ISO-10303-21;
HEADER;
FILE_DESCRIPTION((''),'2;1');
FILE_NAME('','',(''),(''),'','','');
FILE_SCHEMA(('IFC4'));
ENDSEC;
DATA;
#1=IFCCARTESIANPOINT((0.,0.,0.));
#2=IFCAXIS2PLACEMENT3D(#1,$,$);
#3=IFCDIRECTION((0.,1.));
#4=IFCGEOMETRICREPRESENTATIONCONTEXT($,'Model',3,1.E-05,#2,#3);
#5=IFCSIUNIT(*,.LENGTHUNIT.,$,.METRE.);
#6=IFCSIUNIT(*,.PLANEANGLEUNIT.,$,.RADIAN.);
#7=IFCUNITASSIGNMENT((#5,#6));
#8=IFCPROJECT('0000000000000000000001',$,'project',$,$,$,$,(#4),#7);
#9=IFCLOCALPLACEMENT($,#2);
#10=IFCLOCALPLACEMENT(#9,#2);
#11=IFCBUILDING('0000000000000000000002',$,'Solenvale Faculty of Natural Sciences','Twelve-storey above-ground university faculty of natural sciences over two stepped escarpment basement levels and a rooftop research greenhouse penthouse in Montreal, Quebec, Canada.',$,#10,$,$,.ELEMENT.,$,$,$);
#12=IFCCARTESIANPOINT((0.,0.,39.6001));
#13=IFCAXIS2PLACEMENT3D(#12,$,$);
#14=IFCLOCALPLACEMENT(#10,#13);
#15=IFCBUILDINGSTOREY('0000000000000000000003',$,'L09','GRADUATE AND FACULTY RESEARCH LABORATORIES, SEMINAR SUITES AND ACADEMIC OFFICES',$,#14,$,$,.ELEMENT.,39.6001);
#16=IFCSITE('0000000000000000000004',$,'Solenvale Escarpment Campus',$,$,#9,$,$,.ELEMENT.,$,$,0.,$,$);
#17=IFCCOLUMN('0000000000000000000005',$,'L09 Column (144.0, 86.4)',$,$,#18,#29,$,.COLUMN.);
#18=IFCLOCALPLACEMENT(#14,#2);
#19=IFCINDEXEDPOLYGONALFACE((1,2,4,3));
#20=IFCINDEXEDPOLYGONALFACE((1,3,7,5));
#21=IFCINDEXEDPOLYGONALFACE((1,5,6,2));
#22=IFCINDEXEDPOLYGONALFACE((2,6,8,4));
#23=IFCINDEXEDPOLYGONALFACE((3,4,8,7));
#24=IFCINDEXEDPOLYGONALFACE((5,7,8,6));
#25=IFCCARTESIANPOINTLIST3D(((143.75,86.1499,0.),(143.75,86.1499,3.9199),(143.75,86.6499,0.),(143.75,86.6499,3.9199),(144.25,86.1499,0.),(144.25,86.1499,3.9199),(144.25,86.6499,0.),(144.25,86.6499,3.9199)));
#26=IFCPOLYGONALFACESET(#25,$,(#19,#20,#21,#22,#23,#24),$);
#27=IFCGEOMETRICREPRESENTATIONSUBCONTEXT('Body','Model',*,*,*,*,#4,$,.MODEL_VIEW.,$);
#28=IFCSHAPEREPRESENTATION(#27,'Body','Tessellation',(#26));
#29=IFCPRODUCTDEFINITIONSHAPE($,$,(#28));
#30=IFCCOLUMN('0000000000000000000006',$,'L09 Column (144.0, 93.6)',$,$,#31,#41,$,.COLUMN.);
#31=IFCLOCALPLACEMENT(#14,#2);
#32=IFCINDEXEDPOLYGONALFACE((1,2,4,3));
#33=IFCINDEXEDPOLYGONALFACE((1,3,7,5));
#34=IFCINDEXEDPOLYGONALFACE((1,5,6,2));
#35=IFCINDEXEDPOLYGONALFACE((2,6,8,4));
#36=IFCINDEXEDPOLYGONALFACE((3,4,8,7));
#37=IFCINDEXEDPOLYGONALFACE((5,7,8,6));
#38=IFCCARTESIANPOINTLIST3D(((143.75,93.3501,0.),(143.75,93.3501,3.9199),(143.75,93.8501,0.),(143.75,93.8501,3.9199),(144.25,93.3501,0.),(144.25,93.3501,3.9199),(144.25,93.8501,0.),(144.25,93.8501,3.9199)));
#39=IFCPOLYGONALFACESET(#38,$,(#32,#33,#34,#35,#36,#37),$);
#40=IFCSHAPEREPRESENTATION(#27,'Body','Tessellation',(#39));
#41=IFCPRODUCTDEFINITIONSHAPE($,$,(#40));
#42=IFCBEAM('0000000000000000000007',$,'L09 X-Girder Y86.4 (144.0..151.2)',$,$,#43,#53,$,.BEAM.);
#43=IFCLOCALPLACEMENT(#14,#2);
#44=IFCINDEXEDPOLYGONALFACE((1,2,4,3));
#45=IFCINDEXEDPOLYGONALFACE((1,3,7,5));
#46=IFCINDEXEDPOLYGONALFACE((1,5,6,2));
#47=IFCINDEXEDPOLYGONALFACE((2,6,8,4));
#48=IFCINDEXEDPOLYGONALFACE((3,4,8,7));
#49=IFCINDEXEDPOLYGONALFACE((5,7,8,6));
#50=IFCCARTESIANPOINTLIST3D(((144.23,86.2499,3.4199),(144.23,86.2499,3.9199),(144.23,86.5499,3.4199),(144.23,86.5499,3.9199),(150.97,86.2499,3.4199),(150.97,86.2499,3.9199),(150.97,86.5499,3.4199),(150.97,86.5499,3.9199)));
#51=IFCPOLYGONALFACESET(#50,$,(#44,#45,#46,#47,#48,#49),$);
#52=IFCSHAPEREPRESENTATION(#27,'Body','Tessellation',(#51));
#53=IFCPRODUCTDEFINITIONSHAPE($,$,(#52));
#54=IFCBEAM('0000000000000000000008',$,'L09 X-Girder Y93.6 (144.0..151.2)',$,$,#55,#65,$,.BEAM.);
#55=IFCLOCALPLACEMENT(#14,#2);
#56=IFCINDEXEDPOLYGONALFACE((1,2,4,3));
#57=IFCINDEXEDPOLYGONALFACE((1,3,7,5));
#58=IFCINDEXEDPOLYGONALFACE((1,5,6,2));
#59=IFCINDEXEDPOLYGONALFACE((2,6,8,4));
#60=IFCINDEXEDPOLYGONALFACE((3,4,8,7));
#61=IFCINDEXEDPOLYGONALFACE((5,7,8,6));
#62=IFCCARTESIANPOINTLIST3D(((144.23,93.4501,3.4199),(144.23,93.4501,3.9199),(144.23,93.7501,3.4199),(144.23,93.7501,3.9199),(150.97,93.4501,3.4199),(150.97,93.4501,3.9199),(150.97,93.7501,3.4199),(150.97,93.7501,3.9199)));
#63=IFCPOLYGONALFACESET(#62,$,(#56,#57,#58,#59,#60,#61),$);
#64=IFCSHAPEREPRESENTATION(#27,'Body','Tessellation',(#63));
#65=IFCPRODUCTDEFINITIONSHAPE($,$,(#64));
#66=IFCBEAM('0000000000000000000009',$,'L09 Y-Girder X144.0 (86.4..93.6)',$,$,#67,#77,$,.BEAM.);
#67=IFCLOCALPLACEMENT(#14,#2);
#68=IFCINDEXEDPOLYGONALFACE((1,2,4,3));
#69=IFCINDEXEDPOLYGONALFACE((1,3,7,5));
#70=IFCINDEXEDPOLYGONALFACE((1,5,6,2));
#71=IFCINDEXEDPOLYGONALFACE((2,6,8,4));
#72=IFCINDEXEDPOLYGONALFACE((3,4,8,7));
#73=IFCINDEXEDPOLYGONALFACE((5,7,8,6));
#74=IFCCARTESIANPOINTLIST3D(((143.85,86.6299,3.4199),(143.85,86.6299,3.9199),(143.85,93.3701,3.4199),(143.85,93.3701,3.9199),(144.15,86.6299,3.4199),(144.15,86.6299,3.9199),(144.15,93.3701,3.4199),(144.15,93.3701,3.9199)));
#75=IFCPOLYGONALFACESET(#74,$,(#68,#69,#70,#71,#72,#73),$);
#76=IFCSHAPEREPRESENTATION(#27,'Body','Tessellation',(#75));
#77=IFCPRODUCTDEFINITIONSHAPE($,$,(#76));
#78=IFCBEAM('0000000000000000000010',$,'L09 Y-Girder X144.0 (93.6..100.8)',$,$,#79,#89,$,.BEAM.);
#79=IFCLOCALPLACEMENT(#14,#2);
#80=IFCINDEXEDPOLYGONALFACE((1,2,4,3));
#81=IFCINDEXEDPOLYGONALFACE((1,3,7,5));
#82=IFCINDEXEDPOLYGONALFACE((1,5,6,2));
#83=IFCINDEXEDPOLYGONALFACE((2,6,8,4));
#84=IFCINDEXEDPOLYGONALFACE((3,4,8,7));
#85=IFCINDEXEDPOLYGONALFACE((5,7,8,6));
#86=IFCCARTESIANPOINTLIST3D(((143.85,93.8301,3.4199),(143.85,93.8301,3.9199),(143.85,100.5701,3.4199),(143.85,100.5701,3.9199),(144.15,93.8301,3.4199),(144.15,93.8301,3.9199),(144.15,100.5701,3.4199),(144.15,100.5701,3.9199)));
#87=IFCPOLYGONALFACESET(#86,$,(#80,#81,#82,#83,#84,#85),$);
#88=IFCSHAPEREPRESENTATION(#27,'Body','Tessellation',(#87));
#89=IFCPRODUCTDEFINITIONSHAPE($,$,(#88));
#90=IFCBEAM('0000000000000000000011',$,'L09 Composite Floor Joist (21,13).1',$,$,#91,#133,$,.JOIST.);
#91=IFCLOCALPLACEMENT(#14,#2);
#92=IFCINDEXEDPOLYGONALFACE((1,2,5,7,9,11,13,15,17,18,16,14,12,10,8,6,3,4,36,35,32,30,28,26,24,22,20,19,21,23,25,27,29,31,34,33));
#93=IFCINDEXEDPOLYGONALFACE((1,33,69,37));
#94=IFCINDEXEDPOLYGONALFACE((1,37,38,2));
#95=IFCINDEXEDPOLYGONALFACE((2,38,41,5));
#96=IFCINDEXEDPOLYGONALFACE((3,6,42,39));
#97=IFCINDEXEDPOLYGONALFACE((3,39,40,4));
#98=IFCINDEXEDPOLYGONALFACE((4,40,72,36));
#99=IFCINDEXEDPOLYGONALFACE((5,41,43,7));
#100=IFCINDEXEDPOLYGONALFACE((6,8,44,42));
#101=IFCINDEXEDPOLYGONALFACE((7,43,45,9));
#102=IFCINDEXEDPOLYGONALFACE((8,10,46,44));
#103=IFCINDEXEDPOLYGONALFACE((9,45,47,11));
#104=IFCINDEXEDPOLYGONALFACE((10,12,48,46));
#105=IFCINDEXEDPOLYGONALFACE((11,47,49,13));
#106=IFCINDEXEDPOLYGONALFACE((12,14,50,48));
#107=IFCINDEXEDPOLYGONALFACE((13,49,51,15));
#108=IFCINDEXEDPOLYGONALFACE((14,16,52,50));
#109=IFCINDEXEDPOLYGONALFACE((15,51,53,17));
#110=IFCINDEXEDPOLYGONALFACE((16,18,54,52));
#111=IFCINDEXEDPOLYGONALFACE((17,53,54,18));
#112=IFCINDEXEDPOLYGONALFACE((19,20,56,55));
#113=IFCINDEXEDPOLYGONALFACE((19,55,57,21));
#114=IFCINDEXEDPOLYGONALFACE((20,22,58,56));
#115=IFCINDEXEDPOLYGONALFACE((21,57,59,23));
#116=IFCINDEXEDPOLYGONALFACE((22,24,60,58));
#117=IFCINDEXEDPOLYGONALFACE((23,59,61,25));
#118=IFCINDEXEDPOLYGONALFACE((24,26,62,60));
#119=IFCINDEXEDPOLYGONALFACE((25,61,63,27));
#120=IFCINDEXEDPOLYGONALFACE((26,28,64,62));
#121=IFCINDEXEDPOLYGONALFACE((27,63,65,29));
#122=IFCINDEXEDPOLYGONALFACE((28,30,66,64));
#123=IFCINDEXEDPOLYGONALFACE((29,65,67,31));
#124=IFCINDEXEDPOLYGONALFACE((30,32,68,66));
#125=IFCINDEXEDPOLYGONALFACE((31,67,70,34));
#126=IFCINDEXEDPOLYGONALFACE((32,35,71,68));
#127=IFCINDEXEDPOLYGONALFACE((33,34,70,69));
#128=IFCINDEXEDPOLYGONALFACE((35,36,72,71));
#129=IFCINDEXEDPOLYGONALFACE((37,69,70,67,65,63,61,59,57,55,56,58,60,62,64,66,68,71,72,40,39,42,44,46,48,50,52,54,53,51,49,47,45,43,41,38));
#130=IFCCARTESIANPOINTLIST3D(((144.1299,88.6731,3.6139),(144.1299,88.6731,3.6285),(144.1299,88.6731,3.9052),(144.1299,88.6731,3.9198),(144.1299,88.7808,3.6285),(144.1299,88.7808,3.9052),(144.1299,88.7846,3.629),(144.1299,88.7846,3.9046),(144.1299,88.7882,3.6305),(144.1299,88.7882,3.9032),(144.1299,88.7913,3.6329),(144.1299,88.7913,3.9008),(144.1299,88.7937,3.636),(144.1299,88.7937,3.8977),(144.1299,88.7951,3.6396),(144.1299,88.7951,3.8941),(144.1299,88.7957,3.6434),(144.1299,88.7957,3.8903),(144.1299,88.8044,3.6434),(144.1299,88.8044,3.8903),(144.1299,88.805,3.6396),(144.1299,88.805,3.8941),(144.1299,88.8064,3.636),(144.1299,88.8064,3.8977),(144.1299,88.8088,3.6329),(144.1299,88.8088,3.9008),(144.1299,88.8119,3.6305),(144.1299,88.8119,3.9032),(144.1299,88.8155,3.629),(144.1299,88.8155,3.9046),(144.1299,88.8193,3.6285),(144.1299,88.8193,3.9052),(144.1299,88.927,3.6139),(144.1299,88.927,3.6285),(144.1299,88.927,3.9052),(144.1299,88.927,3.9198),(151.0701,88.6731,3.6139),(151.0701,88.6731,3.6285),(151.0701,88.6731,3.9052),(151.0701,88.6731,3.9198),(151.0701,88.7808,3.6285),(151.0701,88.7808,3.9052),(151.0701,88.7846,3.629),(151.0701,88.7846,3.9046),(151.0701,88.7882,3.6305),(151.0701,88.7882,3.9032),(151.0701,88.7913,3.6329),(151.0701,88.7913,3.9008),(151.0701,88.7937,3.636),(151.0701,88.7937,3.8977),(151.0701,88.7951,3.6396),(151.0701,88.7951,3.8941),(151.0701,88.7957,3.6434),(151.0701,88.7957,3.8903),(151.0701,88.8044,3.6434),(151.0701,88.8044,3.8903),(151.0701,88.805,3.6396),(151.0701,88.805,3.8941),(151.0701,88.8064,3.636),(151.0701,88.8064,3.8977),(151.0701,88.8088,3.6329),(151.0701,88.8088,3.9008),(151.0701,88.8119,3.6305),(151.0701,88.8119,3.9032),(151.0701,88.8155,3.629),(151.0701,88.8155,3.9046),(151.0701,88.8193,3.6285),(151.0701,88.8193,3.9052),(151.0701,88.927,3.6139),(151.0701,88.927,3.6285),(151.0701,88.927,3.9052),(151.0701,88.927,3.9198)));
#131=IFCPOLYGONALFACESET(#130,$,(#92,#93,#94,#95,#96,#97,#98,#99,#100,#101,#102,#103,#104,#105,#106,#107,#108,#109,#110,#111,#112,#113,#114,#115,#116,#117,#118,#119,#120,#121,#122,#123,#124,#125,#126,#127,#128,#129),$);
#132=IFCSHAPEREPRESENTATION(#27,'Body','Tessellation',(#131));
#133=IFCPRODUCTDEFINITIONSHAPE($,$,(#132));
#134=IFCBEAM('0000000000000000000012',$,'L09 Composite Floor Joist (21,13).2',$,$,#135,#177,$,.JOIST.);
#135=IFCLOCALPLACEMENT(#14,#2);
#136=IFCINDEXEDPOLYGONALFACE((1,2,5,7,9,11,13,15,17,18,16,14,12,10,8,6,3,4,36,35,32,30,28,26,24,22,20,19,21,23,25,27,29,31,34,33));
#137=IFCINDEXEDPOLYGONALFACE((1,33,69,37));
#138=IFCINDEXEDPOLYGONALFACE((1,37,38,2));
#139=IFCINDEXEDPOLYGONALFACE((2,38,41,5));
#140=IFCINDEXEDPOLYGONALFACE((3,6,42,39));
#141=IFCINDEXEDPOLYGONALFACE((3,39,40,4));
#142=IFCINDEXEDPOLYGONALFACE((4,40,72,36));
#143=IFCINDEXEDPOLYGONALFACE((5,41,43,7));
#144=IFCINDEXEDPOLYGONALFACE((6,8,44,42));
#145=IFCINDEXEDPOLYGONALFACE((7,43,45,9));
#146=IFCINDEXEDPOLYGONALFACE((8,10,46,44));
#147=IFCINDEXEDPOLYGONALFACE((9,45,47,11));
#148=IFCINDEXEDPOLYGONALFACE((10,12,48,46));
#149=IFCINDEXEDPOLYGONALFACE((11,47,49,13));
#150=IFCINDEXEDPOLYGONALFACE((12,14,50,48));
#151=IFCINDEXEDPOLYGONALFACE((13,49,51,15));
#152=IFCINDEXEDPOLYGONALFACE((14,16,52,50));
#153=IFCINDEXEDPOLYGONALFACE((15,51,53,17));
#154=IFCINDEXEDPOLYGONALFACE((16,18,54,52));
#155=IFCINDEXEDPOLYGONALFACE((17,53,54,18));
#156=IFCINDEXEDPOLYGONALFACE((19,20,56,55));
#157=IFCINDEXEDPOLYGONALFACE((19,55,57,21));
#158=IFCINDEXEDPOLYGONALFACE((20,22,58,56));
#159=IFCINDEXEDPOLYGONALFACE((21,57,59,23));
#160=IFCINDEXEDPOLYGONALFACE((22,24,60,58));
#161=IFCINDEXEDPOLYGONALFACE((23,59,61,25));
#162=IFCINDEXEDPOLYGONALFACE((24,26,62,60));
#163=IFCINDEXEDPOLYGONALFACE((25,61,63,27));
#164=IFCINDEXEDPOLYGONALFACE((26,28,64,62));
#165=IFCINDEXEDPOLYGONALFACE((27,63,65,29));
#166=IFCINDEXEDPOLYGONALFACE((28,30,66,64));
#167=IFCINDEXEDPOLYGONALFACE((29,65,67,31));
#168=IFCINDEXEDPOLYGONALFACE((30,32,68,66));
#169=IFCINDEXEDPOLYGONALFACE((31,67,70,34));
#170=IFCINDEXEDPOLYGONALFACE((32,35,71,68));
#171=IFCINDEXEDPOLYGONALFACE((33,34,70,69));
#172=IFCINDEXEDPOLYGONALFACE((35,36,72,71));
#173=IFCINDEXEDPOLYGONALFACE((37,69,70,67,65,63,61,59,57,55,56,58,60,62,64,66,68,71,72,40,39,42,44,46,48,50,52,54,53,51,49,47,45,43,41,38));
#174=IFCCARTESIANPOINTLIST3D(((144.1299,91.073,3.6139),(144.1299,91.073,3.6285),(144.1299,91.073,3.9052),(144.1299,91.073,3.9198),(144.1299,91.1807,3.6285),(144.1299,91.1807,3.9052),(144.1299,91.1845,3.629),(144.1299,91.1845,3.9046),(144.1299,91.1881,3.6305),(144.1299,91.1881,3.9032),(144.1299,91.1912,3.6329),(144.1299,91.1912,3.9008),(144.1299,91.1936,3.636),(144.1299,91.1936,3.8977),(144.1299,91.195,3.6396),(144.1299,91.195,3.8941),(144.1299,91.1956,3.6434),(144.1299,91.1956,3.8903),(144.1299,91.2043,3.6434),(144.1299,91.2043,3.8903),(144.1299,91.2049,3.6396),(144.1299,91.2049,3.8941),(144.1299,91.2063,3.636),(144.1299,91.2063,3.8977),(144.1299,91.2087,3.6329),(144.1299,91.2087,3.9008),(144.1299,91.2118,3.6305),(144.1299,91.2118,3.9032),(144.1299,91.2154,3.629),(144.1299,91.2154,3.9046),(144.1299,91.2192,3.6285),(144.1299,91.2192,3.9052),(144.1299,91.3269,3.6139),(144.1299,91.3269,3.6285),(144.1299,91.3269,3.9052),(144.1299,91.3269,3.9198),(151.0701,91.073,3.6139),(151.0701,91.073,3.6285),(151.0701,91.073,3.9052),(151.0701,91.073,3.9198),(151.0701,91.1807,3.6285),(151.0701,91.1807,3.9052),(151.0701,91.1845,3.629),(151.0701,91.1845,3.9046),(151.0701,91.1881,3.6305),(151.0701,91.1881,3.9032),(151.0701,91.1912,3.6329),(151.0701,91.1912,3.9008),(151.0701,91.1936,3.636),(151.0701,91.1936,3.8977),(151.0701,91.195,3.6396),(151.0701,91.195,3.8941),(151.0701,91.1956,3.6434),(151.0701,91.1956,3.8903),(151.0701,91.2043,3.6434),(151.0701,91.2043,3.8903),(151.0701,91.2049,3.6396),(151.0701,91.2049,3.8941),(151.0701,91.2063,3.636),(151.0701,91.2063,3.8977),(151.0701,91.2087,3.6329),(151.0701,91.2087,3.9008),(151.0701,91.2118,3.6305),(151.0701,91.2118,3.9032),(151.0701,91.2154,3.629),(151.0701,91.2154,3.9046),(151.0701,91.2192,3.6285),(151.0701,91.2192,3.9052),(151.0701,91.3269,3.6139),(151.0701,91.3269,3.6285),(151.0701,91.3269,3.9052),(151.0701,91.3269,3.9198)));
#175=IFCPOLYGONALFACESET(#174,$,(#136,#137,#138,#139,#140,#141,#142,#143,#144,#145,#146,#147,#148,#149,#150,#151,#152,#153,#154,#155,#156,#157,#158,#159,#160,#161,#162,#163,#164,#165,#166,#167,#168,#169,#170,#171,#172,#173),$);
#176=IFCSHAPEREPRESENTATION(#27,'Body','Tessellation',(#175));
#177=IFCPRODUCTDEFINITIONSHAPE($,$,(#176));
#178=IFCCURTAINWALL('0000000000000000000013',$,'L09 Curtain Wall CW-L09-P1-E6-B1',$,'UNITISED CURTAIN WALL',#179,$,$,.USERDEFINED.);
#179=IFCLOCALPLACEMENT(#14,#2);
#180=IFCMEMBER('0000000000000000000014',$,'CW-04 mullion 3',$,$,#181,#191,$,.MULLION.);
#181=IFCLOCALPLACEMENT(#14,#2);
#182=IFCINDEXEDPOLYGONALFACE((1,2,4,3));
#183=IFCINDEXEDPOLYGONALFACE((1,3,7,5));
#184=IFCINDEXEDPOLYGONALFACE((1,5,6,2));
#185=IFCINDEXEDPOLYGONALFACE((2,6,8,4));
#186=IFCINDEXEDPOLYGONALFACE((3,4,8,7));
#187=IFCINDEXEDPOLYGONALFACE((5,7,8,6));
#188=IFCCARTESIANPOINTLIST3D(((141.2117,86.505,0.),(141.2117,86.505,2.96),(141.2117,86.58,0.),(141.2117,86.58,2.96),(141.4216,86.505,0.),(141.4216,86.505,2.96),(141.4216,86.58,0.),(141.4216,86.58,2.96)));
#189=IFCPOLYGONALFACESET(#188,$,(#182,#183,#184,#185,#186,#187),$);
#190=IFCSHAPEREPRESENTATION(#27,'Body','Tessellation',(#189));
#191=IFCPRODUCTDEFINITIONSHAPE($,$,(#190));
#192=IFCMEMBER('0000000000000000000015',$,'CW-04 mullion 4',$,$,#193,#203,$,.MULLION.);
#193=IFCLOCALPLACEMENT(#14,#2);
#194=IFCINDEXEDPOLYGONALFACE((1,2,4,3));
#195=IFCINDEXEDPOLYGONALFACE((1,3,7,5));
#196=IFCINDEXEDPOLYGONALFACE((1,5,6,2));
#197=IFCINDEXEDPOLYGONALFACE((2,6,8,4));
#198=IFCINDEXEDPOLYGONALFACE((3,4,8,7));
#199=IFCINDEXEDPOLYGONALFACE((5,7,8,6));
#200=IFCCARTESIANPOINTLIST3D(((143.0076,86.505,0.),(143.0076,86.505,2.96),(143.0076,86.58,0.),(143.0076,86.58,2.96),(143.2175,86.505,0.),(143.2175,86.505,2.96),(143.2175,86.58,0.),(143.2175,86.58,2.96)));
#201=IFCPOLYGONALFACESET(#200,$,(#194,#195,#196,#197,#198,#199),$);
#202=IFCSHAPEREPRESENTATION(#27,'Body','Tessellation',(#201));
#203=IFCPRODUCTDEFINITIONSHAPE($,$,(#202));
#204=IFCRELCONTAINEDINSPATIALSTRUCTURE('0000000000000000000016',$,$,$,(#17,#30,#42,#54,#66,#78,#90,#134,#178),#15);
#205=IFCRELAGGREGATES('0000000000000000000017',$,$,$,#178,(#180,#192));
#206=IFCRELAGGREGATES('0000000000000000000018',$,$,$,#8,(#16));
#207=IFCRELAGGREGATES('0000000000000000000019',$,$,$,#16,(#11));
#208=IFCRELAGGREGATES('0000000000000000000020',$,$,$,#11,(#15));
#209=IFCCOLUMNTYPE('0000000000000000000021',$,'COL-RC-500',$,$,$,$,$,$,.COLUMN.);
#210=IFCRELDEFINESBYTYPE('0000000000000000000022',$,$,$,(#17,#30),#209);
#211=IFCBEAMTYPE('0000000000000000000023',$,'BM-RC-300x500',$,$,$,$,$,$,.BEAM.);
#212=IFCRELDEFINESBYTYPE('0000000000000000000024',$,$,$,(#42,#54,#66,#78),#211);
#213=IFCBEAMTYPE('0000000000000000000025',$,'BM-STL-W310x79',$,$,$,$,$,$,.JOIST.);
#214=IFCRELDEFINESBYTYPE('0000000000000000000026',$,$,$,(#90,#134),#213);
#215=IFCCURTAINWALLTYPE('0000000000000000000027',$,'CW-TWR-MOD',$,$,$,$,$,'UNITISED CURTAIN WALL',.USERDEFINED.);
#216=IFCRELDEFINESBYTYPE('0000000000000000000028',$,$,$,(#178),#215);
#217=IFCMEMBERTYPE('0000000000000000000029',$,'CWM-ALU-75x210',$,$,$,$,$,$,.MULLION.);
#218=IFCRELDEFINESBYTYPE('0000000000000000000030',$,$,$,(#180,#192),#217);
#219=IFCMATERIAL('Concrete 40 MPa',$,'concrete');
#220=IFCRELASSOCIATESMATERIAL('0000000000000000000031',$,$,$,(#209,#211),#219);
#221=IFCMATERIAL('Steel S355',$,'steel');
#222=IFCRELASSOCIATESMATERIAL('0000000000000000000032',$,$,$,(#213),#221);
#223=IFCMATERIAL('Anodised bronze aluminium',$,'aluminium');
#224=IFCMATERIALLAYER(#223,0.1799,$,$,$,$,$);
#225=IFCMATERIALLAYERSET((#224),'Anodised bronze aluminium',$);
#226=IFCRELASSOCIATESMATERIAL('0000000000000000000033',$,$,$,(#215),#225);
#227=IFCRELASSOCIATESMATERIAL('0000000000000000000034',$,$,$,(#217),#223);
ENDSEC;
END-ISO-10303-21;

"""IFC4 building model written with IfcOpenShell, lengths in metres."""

from ifc_helpers import new_model, si_unit, direction, frame, origin, origin_2d, place, context, subcontext, project, spatial, rectangle, i_section, extrude, material, layer, layer_set, material_profile, profile_set, type_object, element, aggregate, save


model = new_model("IFC4")

# Units and contexts
model_context = context("Model", 3, precision=1e-05, world=origin(), true_north=direction((0.0, 1.0)))
body_context = subcontext(model_context, "Body", "Model", "MODEL_VIEW")
ifc_project = project(units=[si_unit("LENGTHUNIT", "METRE"), si_unit("PLANEANGLEUNIT", "RADIAN")], contexts=[model_context])

# Site, building, storey
site_placement = place(None, origin())
site = spatial("IfcSite", under=ifc_project, at=site_placement, Name="Solenvale Escarpment Campus", CompositionType="ELEMENT", RefElevation=0.0)
building_placement = place(site_placement, origin())
building = spatial("IfcBuilding", under=site, at=building_placement, Name="Solenvale Faculty of Natural Sciences", Description="Twelve-storey above-ground university faculty of natural sciences over two stepped escarpment basement levels and a rooftop research greenhouse penthouse in Montreal, Quebec, Canada.", CompositionType="ELEMENT")
storey_placement = place(building_placement, frame((0.0, 0.0, 39.6001)))
storey = spatial("IfcBuildingStorey", under=building, at=storey_placement, Name="L09", Description="GRADUATE AND FACULTY RESEARCH LABORATORIES, SEMINAR SUITES AND ACADEMIC OFFICES", CompositionType="ELEMENT", Elevation=39.6001)

# Columns
ifc_material_1 = material(Name="Concrete 40 MPa", Category="concrete")
ifc_material_profile_1 = material_profile(ifc_material_1, rectangle(XDim=0.5, YDim=0.5, at=origin_2d()), Name="RC-COL-500x500")
ifc_profile_set_1 = profile_set([ifc_material_profile_1], Name="Concrete 40 MPa")
column_type = type_object("IfcColumnType", Name="COL-RC-500", PredefinedType="COLUMN", material=ifc_profile_set_1)
for number, where, z_axis, x_axis, name in (
    (1, (144.0, 86.3999, 0.0), (0.0, 0.0, 1.0), (1.0, 0.0, 0.0), "L09 Column (144.0, 86.4)"),
    (2, (144.0, 93.6001, 0.0), (0.0, 0.0, 1.0), (1.0, 0.0, 0.0), "L09 Column (144.0, 93.6)"),
):
    element("IfcColumn", number, at=place(storey_placement, frame(where, z_axis=z_axis, x_axis=x_axis)), inside=storey, type_object=column_type, Name=name, PredefinedType="COLUMN", context=body_context, shape_type="SweptSolid", body=[
        extrude(rectangle(XDim=0.5, YDim=0.5, at=origin_2d()), origin(), (0.0, 0.0, 1.0), 3.9199),
    ])

# Beams
ifc_material_profile_2 = material_profile(ifc_material_1, rectangle(XDim=0.3, YDim=0.5, at=origin_2d()), Name="RC-BM-300x500")
ifc_profile_set_2 = profile_set([ifc_material_profile_2], Name="Concrete 40 MPa")
beam_type_1 = type_object("IfcBeamType", Name="BM-RC-300x500", PredefinedType="BEAM", material=ifc_profile_set_2)
for number, where, z_axis, x_axis, name in (
    (3, (144.23, 86.3999, 3.6699), (1.0, 0.0, 0.0), (0.0, 1.0, 0.0), "L09 X-Girder Y86.4 (144.0..151.2)"),
    (4, (144.23, 93.6001, 3.6699), (1.0, 0.0, 0.0), (0.0, 1.0, 0.0), "L09 X-Girder Y93.6 (144.0..151.2)"),
):
    element("IfcBeam", number, at=place(storey_placement, frame(where, z_axis=z_axis, x_axis=x_axis)), inside=storey, type_object=beam_type_1, Name=name, PredefinedType="BEAM", context=body_context, shape_type="SweptSolid", body=[
        extrude(rectangle(XDim=0.3, YDim=0.5, at=origin_2d()), origin(), (0.0, 0.0, 1.0), 6.74),
    ])
beam_1_placement = place(storey_placement, frame((144.0, 86.6299, 3.6699), z_axis=(0.0, 1.0, 0.0), x_axis=(-1.0, 0.0, 0.0)))
element("IfcBeam", 5, at=beam_1_placement, inside=storey, type_object=beam_type_1, Name="L09 Y-Girder X144.0 (86.4..93.6)", PredefinedType="BEAM", context=body_context, shape_type="SweptSolid", body=[
    extrude(rectangle(XDim=0.3, YDim=0.5, at=origin_2d()), origin(), (0.0, 0.0, 1.0), 6.7402),
])
beam_2_placement = place(storey_placement, frame((144.0, 93.8301, 3.6699), z_axis=(0.0, 1.0, 0.0), x_axis=(-1.0, 0.0, 0.0)))
element("IfcBeam", 6, at=beam_2_placement, inside=storey, type_object=beam_type_1, Name="L09 Y-Girder X144.0 (93.6..100.8)", PredefinedType="BEAM", context=body_context, shape_type="SweptSolid", body=[
    extrude(rectangle(XDim=0.3, YDim=0.5, at=origin_2d()), origin(), (0.0, 0.0, 1.0), 6.74),
])
ifc_material_2 = material(Name="Steel S355", Category="steel")
ifc_material_profile_3 = material_profile(ifc_material_2, i_section(OverallWidth=0.2539, OverallDepth=0.3059, WebThickness=0.0088, FlangeThickness=0.0146, FilletRadius=0.0149, at=origin_2d()), Name="W310x79")
ifc_profile_set_3 = profile_set([ifc_material_profile_3], Name="Steel S355")
beam_type_2 = type_object("IfcBeamType", Name="BM-STL-W310x79", PredefinedType="JOIST", material=ifc_profile_set_3)
for number, where, z_axis, x_axis, name in (
    (7, (144.1299, 88.8, 3.7668), (1.0, 0.0, 0.0), (0.0, 1.0, 0.0), "L09 Composite Floor Joist (21,13).1"),
    (8, (144.1299, 91.2, 3.7668), (1.0, 0.0, 0.0), (0.0, 1.0, 0.0), "L09 Composite Floor Joist (21,13).2"),
):
    element("IfcBeam", number, at=place(storey_placement, frame(where, z_axis=z_axis, x_axis=x_axis)), inside=storey, type_object=beam_type_2, Name=name, PredefinedType="JOIST", context=body_context, shape_type="SweptSolid", body=[
        extrude(i_section(OverallWidth=0.2539, OverallDepth=0.3059, WebThickness=0.0088, FlangeThickness=0.0146, FilletRadius=0.0149, at=origin_2d()), origin(), (0.0, 0.0, 1.0), 6.9402),
    ])

# Curtain wall, members
ifc_material_3 = material(Name="Anodised bronze aluminium", Category="aluminium")
ifc_layer_1 = layer(ifc_material_3, 0.1799)
ifc_layer_set_1 = layer_set([ifc_layer_1], Name="Anodised bronze aluminium")
curtain_wall_type = type_object("IfcCurtainWallType", Name="CW-TWR-MOD", ElementType="UNITISED CURTAIN WALL", PredefinedType="USERDEFINED", material=ifc_layer_set_1)
curtain_wall_placement = place(storey_placement, origin())
curtain_wall = element("IfcCurtainWall", 9, at=curtain_wall_placement, inside=storey, type_object=curtain_wall_type, Name="L09 Curtain Wall CW-L09-P1-E6-B1", ObjectType="UNITISED CURTAIN WALL", PredefinedType="USERDEFINED")
ifc_material_profile_4 = material_profile(ifc_material_3, rectangle(XDim=0.075, YDim=0.21, at=origin_2d()), Name="ALU-MUL-75x210")
ifc_profile_set_4 = profile_set([ifc_material_profile_4], Name="Anodised bronze aluminium")
member_type_1 = type_object("IfcMemberType", Name="CWM-ALU-75x210", PredefinedType="MULLION", material=ifc_profile_set_4)
member_1_placement = place(storey_placement, frame((141.3167, 86.5425, 0.0), z_axis=(0.0, 0.0, 1.0), x_axis=(0.0, 1.0, 0.0)))
member_1 = element("IfcMember", 10, at=member_1_placement, type_object=member_type_1, Name="CW-04 mullion 3", PredefinedType="MULLION", context=body_context, shape_type="SweptSolid", body=[
    extrude(rectangle(XDim=0.075, YDim=0.21, at=origin_2d()), origin(), (0.0, 0.0, 1.0), 2.96),
])
member_2_placement = place(storey_placement, frame((143.1125, 86.5425, 0.0), z_axis=(0.0, 0.0, 1.0), x_axis=(0.0, 1.0, 0.0)))
member_2 = element("IfcMember", 11, at=member_2_placement, type_object=member_type_1, Name="CW-04 mullion 4", PredefinedType="MULLION", context=body_context, shape_type="SweptSolid", body=[
    extrude(rectangle(XDim=0.075, YDim=0.21, at=origin_2d()), origin(), (0.0, 0.0, 1.0), 2.96),
])
aggregate(curtain_wall, [member_1, member_2])

save(model, "model.ifc")
